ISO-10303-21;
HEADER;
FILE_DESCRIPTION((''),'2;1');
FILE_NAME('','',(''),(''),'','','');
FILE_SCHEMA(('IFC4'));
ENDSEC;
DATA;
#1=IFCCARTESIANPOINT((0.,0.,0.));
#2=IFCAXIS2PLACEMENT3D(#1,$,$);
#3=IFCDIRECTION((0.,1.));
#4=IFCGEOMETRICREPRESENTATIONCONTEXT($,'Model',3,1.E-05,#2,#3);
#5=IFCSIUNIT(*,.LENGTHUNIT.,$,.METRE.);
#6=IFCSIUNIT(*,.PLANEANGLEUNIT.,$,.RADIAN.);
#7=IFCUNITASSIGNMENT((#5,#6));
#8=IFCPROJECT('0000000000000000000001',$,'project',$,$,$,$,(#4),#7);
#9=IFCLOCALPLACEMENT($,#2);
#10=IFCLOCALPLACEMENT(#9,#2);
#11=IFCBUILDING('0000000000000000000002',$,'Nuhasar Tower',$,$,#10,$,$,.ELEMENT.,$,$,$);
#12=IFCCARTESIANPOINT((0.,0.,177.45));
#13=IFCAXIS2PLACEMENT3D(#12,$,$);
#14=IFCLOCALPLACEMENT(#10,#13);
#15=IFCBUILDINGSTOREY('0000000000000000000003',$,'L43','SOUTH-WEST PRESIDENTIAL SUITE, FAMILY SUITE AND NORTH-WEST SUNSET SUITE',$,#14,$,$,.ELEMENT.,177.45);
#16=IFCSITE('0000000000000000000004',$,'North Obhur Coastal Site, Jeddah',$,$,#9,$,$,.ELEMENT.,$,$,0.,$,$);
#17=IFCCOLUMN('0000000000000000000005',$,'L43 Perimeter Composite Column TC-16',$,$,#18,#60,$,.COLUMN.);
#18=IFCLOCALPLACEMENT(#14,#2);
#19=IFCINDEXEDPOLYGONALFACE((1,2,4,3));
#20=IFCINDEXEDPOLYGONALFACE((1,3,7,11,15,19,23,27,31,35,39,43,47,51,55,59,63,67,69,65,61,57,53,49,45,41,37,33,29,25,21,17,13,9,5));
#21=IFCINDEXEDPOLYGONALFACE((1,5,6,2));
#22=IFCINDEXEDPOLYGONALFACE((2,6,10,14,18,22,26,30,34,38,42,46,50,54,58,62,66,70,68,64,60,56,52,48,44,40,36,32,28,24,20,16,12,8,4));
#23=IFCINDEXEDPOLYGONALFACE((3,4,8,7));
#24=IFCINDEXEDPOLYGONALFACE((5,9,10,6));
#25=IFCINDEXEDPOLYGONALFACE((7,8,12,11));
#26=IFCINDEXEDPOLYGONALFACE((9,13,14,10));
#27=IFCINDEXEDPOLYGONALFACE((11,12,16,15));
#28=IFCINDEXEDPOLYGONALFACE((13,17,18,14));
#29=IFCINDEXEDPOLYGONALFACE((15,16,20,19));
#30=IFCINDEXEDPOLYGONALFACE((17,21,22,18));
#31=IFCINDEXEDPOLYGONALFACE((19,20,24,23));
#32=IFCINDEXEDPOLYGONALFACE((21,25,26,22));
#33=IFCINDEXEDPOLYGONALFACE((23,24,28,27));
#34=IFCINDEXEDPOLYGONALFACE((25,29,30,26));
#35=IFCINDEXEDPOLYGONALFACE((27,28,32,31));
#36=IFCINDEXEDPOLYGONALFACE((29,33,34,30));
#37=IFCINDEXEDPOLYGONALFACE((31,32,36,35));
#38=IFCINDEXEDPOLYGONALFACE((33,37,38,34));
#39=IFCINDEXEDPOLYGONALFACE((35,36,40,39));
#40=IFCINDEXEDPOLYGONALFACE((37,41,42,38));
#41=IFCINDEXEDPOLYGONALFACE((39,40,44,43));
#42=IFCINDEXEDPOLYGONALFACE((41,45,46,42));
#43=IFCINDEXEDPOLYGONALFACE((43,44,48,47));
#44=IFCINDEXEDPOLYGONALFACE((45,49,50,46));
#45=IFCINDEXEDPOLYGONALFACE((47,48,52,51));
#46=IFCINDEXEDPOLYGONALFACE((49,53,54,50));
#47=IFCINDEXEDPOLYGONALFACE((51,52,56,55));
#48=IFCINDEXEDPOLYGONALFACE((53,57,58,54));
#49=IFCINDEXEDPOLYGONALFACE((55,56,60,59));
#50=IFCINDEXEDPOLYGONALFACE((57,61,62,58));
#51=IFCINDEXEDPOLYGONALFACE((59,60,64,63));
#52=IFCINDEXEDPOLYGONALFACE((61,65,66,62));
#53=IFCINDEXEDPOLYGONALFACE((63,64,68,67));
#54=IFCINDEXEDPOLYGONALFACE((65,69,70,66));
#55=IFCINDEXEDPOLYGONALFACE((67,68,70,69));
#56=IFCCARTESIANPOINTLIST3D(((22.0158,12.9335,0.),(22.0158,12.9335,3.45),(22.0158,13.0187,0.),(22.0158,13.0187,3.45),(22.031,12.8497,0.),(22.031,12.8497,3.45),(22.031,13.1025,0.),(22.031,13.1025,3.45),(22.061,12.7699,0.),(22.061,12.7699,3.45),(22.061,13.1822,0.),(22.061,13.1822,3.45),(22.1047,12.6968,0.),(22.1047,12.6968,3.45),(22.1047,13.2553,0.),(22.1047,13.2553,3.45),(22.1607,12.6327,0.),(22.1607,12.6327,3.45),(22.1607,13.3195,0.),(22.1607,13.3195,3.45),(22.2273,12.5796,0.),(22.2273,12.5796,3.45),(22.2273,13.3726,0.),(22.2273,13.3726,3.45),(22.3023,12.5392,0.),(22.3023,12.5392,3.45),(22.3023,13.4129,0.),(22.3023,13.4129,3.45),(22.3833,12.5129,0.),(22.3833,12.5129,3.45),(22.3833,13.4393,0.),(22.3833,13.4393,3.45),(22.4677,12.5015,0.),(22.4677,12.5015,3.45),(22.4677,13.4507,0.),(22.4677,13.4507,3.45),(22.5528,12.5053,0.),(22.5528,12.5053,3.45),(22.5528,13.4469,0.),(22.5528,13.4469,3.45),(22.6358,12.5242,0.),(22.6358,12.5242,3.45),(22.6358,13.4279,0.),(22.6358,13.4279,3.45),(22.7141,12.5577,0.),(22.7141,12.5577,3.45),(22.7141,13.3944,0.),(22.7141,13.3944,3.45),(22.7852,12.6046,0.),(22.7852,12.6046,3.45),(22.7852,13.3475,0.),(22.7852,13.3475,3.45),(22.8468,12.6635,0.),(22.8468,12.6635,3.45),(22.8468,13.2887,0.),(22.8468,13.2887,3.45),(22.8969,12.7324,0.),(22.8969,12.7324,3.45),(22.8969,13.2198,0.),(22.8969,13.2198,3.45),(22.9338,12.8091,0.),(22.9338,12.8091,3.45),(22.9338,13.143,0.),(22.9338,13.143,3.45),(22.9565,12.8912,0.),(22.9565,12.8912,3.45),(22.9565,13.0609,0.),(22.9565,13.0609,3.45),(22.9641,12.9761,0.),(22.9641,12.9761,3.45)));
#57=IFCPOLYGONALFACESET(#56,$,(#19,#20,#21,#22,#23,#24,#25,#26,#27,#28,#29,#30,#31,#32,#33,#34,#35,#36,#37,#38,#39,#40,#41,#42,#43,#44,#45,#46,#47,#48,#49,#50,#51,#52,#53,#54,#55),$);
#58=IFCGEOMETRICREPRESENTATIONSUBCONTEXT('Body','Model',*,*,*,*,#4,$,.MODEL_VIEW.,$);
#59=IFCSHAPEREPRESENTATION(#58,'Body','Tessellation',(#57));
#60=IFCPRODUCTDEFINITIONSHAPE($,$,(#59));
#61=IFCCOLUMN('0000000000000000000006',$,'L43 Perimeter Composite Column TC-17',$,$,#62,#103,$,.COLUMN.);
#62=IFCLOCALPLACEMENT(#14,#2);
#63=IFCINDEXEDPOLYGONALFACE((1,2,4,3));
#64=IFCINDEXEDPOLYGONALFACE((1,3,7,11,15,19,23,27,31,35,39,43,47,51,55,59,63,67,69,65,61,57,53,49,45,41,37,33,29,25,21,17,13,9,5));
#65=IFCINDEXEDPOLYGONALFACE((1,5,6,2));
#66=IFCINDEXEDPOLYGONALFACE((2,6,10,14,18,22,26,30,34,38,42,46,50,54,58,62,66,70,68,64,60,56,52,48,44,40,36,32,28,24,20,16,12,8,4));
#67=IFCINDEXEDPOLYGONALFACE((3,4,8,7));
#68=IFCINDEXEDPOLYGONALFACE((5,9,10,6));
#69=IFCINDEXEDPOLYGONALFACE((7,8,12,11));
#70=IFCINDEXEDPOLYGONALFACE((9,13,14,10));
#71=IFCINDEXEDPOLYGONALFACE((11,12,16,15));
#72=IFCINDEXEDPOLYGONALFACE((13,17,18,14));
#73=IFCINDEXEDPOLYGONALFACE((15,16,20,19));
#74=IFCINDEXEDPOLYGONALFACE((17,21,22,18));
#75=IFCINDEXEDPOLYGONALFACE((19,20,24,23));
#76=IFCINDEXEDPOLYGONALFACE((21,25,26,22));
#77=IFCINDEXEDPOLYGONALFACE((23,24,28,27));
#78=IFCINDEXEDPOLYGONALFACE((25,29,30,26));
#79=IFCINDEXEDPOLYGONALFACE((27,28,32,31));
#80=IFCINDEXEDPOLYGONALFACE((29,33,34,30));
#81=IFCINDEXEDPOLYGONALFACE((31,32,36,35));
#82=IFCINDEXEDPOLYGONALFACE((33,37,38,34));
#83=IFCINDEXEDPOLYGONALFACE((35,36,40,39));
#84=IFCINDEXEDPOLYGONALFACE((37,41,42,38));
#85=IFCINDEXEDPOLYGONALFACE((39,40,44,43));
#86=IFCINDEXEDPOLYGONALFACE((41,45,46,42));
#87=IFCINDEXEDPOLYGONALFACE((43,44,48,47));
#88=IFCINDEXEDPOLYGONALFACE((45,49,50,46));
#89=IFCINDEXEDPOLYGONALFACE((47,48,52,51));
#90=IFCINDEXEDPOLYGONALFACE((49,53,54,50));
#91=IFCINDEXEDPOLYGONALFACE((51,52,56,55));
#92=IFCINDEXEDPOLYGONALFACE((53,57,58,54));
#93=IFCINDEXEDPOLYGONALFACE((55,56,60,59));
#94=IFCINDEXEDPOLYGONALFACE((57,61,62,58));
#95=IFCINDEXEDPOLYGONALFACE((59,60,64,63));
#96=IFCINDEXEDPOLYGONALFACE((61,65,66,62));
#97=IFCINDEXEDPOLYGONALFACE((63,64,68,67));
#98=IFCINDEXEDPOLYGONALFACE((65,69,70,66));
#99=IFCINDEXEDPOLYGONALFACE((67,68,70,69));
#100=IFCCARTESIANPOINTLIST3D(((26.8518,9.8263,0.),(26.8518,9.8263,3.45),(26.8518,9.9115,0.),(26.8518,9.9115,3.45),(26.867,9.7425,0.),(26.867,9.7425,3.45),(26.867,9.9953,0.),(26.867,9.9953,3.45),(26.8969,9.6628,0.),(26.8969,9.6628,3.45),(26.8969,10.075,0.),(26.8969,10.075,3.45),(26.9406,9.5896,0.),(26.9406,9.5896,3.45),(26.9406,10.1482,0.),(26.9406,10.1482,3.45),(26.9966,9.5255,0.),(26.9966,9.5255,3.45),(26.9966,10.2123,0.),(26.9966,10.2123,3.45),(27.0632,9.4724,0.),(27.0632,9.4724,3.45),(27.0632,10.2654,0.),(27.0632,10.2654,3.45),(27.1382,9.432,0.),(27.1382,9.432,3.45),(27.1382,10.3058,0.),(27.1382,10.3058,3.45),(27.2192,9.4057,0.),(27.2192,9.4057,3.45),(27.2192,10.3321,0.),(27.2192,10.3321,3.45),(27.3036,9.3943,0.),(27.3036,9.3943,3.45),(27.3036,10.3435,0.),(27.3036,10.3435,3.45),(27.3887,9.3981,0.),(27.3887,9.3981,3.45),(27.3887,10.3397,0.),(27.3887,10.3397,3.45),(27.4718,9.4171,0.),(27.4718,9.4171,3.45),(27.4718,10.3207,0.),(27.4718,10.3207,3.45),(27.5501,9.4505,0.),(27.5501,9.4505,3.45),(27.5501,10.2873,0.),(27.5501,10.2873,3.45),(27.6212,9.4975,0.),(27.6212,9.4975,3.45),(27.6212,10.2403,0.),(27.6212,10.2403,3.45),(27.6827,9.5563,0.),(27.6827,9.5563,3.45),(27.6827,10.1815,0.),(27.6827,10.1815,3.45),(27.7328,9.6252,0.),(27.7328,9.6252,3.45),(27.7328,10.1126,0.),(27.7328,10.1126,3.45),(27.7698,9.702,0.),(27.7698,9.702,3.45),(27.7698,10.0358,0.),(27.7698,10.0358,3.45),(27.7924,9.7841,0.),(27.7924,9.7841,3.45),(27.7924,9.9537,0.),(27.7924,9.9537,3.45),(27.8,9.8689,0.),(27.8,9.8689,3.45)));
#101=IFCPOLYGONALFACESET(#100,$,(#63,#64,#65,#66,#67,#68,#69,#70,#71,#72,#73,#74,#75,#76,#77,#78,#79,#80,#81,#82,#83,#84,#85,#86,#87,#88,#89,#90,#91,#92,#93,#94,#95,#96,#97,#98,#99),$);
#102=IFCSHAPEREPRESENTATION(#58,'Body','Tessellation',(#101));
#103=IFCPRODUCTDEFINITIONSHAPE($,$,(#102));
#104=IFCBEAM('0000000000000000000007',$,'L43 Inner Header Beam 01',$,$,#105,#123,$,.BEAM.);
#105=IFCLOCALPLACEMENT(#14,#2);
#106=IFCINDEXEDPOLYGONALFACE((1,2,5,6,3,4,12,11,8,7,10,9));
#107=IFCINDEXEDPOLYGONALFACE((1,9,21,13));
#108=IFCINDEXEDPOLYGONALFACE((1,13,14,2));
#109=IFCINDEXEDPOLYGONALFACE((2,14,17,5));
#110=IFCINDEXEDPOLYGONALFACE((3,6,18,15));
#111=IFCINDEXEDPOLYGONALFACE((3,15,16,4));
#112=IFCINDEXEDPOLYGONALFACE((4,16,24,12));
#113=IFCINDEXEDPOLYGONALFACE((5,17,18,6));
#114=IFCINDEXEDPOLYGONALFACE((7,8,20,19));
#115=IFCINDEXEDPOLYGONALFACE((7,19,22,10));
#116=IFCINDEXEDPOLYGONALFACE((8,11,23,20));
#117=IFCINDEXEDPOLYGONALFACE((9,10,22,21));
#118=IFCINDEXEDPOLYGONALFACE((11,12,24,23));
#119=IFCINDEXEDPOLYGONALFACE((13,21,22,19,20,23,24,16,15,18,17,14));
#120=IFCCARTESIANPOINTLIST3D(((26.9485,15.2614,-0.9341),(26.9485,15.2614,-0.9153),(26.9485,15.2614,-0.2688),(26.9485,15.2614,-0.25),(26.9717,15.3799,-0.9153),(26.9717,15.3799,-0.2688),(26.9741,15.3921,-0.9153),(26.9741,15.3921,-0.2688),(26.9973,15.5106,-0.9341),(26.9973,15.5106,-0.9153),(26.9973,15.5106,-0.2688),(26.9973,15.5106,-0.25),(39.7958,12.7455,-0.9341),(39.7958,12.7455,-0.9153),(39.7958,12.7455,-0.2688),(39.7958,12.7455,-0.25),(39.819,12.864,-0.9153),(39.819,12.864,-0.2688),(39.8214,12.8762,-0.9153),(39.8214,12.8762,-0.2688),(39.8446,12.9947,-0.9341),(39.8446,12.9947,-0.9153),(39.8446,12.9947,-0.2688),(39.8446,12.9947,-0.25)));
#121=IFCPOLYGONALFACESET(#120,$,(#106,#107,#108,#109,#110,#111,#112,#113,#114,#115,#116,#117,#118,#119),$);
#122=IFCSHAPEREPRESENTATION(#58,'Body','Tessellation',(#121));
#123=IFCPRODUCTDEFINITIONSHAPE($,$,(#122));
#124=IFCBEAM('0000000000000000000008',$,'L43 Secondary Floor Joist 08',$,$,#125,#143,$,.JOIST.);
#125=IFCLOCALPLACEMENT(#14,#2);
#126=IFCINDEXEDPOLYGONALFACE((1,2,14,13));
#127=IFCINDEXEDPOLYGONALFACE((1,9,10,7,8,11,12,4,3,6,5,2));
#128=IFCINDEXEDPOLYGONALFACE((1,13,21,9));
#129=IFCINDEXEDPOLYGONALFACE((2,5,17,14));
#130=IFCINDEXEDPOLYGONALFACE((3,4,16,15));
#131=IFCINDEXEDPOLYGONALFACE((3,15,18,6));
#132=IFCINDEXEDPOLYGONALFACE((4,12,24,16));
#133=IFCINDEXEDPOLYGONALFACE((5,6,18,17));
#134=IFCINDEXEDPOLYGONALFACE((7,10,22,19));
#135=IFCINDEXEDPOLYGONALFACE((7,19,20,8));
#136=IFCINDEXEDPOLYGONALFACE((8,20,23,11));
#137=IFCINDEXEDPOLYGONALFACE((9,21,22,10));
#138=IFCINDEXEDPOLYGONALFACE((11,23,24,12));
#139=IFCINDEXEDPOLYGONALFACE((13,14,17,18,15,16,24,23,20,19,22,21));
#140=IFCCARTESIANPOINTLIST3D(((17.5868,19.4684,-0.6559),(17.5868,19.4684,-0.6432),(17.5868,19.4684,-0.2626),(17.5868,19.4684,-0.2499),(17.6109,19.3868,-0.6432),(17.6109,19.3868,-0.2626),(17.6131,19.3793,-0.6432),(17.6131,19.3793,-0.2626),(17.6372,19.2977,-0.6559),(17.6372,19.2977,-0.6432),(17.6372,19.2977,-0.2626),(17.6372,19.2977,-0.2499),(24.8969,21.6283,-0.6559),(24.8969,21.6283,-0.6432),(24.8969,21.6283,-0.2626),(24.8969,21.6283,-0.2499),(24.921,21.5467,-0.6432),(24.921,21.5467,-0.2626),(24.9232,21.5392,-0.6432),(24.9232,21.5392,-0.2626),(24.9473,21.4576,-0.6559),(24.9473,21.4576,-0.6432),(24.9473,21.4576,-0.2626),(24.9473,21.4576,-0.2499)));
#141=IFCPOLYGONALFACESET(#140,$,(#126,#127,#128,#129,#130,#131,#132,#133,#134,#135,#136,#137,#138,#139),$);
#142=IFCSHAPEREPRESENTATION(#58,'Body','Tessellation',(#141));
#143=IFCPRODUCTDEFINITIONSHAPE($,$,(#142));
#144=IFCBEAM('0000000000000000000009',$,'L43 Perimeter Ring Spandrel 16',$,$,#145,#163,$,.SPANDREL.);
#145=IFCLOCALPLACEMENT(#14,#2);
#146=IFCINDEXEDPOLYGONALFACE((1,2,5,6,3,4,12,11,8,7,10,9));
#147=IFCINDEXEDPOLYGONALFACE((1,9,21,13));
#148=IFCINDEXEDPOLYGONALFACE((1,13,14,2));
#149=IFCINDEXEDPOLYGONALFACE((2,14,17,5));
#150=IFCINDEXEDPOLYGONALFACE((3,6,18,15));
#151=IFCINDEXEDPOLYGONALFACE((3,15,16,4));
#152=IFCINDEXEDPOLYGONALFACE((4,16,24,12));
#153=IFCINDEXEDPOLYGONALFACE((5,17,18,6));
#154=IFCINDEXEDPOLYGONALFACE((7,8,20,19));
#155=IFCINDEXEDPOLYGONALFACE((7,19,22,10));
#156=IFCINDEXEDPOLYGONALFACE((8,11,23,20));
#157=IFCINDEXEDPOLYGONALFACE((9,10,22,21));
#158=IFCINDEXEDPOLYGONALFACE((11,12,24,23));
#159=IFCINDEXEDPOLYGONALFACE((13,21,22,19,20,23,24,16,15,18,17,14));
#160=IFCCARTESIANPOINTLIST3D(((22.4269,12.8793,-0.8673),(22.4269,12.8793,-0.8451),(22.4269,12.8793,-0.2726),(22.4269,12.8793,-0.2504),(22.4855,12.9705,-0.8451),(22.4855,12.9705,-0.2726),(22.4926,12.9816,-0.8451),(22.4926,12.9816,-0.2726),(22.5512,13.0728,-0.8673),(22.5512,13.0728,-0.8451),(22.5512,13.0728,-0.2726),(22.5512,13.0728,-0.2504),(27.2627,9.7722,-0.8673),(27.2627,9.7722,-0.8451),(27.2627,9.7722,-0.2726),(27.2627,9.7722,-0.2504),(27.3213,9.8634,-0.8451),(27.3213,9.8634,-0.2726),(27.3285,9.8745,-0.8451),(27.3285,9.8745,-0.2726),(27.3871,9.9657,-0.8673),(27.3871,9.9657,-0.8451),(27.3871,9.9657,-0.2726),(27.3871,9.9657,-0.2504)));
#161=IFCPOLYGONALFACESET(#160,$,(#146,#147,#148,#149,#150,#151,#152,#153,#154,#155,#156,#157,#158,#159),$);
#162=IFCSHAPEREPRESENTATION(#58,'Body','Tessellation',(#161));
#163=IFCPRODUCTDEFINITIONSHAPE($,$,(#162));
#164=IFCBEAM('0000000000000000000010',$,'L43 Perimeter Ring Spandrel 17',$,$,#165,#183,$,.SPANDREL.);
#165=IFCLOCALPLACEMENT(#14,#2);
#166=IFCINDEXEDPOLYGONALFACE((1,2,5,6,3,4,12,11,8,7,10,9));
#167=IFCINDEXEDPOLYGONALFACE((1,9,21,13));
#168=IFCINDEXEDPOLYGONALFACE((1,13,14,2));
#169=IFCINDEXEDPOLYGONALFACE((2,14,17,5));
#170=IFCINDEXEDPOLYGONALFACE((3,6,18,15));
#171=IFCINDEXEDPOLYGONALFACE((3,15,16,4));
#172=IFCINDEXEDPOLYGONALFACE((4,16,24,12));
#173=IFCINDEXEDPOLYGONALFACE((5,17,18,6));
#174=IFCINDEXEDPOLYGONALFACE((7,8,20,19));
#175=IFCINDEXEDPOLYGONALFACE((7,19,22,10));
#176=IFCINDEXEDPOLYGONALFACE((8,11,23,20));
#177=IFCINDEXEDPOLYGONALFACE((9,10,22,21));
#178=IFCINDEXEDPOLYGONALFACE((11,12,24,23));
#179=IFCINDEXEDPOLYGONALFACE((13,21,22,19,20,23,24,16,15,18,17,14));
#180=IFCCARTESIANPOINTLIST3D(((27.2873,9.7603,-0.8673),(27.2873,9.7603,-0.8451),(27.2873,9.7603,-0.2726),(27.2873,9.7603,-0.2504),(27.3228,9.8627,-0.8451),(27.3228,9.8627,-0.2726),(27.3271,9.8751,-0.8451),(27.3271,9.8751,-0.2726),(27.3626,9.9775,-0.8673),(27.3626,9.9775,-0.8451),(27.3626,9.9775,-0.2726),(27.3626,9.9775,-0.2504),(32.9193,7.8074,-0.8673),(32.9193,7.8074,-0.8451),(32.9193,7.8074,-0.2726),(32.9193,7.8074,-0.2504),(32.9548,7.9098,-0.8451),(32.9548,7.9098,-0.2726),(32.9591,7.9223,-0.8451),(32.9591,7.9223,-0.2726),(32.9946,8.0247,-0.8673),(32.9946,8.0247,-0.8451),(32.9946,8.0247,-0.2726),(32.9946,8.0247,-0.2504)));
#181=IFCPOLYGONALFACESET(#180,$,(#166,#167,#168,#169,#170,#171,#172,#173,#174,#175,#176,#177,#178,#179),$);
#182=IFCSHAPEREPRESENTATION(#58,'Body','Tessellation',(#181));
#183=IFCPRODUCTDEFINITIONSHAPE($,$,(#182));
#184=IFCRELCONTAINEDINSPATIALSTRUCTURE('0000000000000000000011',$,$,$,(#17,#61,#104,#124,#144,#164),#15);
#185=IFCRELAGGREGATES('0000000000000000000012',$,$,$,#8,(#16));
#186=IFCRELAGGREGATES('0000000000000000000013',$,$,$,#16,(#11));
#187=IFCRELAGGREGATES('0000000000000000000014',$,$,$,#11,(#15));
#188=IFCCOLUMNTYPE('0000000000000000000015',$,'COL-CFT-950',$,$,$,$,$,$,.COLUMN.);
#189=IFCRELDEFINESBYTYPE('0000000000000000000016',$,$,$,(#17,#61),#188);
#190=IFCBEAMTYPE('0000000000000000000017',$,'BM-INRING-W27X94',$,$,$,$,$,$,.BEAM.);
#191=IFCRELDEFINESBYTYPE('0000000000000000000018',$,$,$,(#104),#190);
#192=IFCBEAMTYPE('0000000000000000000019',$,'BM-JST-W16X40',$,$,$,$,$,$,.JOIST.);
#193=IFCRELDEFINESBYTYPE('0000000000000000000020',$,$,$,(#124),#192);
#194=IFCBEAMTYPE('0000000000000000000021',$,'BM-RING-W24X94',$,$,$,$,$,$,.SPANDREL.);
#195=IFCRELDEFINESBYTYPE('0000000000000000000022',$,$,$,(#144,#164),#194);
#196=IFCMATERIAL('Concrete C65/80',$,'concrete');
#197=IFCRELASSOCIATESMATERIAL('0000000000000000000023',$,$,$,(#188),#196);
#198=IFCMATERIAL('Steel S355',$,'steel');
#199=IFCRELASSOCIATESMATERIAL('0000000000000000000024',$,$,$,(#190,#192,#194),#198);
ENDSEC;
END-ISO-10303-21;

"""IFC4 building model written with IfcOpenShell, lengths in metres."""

from ifc_helpers import new_model, si_unit, direction, frame, origin, origin_2d, place, context, subcontext, project, spatial, circle, i_section, extrude, material, material_profile, profile_set, type_object, element, save


model = new_model("IFC4")

# Units and contexts
model_context = context("Model", 3, precision=1e-05, world=origin(), true_north=direction((0.0, 1.0)))
body_context = subcontext(model_context, "Body", "Model", "MODEL_VIEW")
ifc_project = project(units=[si_unit("LENGTHUNIT", "METRE"), si_unit("PLANEANGLEUNIT", "RADIAN")], contexts=[model_context])

# Site, building, storey
site_placement = place(None, origin())
site = spatial("IfcSite", under=ifc_project, at=site_placement, Name="North Obhur Coastal Site, Jeddah", CompositionType="ELEMENT", RefElevation=0.0)
building_placement = place(site_placement, origin())
building = spatial("IfcBuilding", under=site, at=building_placement, Name="Nuhasar Tower", CompositionType="ELEMENT")
storey_placement = place(building_placement, frame((0.0, 0.0, 177.45)))
storey = spatial("IfcBuildingStorey", under=building, at=storey_placement, Name="L43", Description="SOUTH-WEST PRESIDENTIAL SUITE, FAMILY SUITE AND NORTH-WEST SUNSET SUITE", CompositionType="ELEMENT", Elevation=177.45)

# Columns
ifc_material_1 = material(Name="Concrete C65/80", Category="concrete")
ifc_material_profile_1 = material_profile(ifc_material_1, circle(Radius=0.4751, at=origin_2d()), Name="CFT950")
ifc_profile_set_1 = profile_set([ifc_material_profile_1], Name="Concrete C65/80")
column_type = type_object("IfcColumnType", Name="COL-CFT-950", PredefinedType="COLUMN", material=ifc_profile_set_1)
for number, where, z_axis, x_axis, name in (
    (1, (22.489, 12.9761, 0.0), (0.0, 0.0, 1.0), (1.0, 0.0, 0.0), "L43 Perimeter Composite Column TC-16"),
    (2, (27.325, 9.8689, 0.0), (0.0, 0.0, 1.0), (1.0, 0.0, 0.0), "L43 Perimeter Composite Column TC-17"),
):
    element("IfcColumn", number, at=place(storey_placement, frame(where, z_axis=z_axis, x_axis=x_axis)), inside=storey, type_object=column_type, Name=name, PredefinedType="COLUMN", context=body_context, shape_type="SweptSolid", body=[
        extrude(circle(Radius=0.4751, at=origin_2d()), origin(), (0.0, 0.0, 1.0), 3.45),
    ])

# Beams
ifc_material_2 = material(Name="Steel S355", Category="steel")
ifc_material_profile_2 = material_profile(ifc_material_2, i_section(OverallWidth=0.2539, OverallDepth=0.6841, WebThickness=0.0125, FlangeThickness=0.0188, at=origin_2d()), Name="W27X94")
ifc_profile_set_2 = profile_set([ifc_material_profile_2], Name="Steel S355")
beam_type_1 = type_object("IfcBeamType", Name="BM-INRING-W27X94", PredefinedType="BEAM", material=ifc_profile_set_2)
beam_1_placement = place(storey_placement, frame((26.9729, 15.386, -0.592), z_axis=(0.98136, -0.19218, 0.0), x_axis=(0.19218, 0.98136, 0.0)))
element("IfcBeam", 3, at=beam_1_placement, inside=storey, type_object=beam_type_1, Name="L43 Inner Header Beam 01", PredefinedType="BEAM", context=body_context, shape_type="SweptSolid", body=[
    extrude(i_section(OverallWidth=0.2539, OverallDepth=0.6841, WebThickness=0.0125, FlangeThickness=0.0188, at=origin_2d()), origin(), (0.0, 0.0, 1.0), 13.0913),
])
ifc_material_profile_3 = material_profile(ifc_material_2, i_section(OverallWidth=0.178, OverallDepth=0.406, WebThickness=0.0078, FlangeThickness=0.0127, at=origin_2d()), Name="W16X40")
ifc_profile_set_3 = profile_set([ifc_material_profile_3], Name="Steel S355")
beam_type_2 = type_object("IfcBeamType", Name="BM-JST-W16X40", PredefinedType="JOIST", material=ifc_profile_set_3)
beam_2_placement = place(storey_placement, frame((24.9221, 21.543, -0.4529), z_axis=(-0.959013, -0.283361, 0.0), x_axis=(0.283361, -0.959013, 0.0)))
element("IfcBeam", 4, at=beam_2_placement, inside=storey, type_object=beam_type_2, Name="L43 Secondary Floor Joist 08", PredefinedType="JOIST", context=body_context, shape_type="SweptSolid", body=[
    extrude(i_section(OverallWidth=0.178, OverallDepth=0.406, WebThickness=0.0078, FlangeThickness=0.0127, at=origin_2d()), origin(), (0.0, 0.0, 1.0), 7.6226),
])
ifc_material_profile_4 = material_profile(ifc_material_2, i_section(OverallWidth=0.23, OverallDepth=0.6169, WebThickness=0.0132, FlangeThickness=0.0222, at=origin_2d()), Name="W24X94")
ifc_profile_set_4 = profile_set([ifc_material_profile_4], Name="Steel S355")
beam_type_3 = type_object("IfcBeamType", Name="BM-RING-W24X94", PredefinedType="SPANDREL", material=ifc_profile_set_4)
beam_3_placement = place(storey_placement, frame((22.489, 12.9761, -0.5588), z_axis=(0.841308, -0.540556, 0.0), x_axis=(0.540556, 0.841308, 0.0)))
element("IfcBeam", 5, at=beam_3_placement, inside=storey, type_object=beam_type_3, Name="L43 Perimeter Ring Spandrel 16", PredefinedType="SPANDREL", context=body_context, shape_type="SweptSolid", body=[
    extrude(i_section(OverallWidth=0.23, OverallDepth=0.6169, WebThickness=0.0132, FlangeThickness=0.0222, at=origin_2d()), origin(), (0.0, 0.0, 1.0), 5.748),
])
beam_4_placement = place(storey_placement, frame((27.325, 9.8689, -0.5588), z_axis=(0.944814, -0.327607, 0.0), x_axis=(0.327607, 0.944814, 0.0)))
element("IfcBeam", 6, at=beam_4_placement, inside=storey, type_object=beam_type_3, Name="L43 Perimeter Ring Spandrel 17", PredefinedType="SPANDREL", context=body_context, shape_type="SweptSolid", body=[
    extrude(i_section(OverallWidth=0.23, OverallDepth=0.6169, WebThickness=0.0132, FlangeThickness=0.0222, at=origin_2d()), origin(), (0.0, 0.0, 1.0), 5.9609),
])

save(model, "model.ifc")
